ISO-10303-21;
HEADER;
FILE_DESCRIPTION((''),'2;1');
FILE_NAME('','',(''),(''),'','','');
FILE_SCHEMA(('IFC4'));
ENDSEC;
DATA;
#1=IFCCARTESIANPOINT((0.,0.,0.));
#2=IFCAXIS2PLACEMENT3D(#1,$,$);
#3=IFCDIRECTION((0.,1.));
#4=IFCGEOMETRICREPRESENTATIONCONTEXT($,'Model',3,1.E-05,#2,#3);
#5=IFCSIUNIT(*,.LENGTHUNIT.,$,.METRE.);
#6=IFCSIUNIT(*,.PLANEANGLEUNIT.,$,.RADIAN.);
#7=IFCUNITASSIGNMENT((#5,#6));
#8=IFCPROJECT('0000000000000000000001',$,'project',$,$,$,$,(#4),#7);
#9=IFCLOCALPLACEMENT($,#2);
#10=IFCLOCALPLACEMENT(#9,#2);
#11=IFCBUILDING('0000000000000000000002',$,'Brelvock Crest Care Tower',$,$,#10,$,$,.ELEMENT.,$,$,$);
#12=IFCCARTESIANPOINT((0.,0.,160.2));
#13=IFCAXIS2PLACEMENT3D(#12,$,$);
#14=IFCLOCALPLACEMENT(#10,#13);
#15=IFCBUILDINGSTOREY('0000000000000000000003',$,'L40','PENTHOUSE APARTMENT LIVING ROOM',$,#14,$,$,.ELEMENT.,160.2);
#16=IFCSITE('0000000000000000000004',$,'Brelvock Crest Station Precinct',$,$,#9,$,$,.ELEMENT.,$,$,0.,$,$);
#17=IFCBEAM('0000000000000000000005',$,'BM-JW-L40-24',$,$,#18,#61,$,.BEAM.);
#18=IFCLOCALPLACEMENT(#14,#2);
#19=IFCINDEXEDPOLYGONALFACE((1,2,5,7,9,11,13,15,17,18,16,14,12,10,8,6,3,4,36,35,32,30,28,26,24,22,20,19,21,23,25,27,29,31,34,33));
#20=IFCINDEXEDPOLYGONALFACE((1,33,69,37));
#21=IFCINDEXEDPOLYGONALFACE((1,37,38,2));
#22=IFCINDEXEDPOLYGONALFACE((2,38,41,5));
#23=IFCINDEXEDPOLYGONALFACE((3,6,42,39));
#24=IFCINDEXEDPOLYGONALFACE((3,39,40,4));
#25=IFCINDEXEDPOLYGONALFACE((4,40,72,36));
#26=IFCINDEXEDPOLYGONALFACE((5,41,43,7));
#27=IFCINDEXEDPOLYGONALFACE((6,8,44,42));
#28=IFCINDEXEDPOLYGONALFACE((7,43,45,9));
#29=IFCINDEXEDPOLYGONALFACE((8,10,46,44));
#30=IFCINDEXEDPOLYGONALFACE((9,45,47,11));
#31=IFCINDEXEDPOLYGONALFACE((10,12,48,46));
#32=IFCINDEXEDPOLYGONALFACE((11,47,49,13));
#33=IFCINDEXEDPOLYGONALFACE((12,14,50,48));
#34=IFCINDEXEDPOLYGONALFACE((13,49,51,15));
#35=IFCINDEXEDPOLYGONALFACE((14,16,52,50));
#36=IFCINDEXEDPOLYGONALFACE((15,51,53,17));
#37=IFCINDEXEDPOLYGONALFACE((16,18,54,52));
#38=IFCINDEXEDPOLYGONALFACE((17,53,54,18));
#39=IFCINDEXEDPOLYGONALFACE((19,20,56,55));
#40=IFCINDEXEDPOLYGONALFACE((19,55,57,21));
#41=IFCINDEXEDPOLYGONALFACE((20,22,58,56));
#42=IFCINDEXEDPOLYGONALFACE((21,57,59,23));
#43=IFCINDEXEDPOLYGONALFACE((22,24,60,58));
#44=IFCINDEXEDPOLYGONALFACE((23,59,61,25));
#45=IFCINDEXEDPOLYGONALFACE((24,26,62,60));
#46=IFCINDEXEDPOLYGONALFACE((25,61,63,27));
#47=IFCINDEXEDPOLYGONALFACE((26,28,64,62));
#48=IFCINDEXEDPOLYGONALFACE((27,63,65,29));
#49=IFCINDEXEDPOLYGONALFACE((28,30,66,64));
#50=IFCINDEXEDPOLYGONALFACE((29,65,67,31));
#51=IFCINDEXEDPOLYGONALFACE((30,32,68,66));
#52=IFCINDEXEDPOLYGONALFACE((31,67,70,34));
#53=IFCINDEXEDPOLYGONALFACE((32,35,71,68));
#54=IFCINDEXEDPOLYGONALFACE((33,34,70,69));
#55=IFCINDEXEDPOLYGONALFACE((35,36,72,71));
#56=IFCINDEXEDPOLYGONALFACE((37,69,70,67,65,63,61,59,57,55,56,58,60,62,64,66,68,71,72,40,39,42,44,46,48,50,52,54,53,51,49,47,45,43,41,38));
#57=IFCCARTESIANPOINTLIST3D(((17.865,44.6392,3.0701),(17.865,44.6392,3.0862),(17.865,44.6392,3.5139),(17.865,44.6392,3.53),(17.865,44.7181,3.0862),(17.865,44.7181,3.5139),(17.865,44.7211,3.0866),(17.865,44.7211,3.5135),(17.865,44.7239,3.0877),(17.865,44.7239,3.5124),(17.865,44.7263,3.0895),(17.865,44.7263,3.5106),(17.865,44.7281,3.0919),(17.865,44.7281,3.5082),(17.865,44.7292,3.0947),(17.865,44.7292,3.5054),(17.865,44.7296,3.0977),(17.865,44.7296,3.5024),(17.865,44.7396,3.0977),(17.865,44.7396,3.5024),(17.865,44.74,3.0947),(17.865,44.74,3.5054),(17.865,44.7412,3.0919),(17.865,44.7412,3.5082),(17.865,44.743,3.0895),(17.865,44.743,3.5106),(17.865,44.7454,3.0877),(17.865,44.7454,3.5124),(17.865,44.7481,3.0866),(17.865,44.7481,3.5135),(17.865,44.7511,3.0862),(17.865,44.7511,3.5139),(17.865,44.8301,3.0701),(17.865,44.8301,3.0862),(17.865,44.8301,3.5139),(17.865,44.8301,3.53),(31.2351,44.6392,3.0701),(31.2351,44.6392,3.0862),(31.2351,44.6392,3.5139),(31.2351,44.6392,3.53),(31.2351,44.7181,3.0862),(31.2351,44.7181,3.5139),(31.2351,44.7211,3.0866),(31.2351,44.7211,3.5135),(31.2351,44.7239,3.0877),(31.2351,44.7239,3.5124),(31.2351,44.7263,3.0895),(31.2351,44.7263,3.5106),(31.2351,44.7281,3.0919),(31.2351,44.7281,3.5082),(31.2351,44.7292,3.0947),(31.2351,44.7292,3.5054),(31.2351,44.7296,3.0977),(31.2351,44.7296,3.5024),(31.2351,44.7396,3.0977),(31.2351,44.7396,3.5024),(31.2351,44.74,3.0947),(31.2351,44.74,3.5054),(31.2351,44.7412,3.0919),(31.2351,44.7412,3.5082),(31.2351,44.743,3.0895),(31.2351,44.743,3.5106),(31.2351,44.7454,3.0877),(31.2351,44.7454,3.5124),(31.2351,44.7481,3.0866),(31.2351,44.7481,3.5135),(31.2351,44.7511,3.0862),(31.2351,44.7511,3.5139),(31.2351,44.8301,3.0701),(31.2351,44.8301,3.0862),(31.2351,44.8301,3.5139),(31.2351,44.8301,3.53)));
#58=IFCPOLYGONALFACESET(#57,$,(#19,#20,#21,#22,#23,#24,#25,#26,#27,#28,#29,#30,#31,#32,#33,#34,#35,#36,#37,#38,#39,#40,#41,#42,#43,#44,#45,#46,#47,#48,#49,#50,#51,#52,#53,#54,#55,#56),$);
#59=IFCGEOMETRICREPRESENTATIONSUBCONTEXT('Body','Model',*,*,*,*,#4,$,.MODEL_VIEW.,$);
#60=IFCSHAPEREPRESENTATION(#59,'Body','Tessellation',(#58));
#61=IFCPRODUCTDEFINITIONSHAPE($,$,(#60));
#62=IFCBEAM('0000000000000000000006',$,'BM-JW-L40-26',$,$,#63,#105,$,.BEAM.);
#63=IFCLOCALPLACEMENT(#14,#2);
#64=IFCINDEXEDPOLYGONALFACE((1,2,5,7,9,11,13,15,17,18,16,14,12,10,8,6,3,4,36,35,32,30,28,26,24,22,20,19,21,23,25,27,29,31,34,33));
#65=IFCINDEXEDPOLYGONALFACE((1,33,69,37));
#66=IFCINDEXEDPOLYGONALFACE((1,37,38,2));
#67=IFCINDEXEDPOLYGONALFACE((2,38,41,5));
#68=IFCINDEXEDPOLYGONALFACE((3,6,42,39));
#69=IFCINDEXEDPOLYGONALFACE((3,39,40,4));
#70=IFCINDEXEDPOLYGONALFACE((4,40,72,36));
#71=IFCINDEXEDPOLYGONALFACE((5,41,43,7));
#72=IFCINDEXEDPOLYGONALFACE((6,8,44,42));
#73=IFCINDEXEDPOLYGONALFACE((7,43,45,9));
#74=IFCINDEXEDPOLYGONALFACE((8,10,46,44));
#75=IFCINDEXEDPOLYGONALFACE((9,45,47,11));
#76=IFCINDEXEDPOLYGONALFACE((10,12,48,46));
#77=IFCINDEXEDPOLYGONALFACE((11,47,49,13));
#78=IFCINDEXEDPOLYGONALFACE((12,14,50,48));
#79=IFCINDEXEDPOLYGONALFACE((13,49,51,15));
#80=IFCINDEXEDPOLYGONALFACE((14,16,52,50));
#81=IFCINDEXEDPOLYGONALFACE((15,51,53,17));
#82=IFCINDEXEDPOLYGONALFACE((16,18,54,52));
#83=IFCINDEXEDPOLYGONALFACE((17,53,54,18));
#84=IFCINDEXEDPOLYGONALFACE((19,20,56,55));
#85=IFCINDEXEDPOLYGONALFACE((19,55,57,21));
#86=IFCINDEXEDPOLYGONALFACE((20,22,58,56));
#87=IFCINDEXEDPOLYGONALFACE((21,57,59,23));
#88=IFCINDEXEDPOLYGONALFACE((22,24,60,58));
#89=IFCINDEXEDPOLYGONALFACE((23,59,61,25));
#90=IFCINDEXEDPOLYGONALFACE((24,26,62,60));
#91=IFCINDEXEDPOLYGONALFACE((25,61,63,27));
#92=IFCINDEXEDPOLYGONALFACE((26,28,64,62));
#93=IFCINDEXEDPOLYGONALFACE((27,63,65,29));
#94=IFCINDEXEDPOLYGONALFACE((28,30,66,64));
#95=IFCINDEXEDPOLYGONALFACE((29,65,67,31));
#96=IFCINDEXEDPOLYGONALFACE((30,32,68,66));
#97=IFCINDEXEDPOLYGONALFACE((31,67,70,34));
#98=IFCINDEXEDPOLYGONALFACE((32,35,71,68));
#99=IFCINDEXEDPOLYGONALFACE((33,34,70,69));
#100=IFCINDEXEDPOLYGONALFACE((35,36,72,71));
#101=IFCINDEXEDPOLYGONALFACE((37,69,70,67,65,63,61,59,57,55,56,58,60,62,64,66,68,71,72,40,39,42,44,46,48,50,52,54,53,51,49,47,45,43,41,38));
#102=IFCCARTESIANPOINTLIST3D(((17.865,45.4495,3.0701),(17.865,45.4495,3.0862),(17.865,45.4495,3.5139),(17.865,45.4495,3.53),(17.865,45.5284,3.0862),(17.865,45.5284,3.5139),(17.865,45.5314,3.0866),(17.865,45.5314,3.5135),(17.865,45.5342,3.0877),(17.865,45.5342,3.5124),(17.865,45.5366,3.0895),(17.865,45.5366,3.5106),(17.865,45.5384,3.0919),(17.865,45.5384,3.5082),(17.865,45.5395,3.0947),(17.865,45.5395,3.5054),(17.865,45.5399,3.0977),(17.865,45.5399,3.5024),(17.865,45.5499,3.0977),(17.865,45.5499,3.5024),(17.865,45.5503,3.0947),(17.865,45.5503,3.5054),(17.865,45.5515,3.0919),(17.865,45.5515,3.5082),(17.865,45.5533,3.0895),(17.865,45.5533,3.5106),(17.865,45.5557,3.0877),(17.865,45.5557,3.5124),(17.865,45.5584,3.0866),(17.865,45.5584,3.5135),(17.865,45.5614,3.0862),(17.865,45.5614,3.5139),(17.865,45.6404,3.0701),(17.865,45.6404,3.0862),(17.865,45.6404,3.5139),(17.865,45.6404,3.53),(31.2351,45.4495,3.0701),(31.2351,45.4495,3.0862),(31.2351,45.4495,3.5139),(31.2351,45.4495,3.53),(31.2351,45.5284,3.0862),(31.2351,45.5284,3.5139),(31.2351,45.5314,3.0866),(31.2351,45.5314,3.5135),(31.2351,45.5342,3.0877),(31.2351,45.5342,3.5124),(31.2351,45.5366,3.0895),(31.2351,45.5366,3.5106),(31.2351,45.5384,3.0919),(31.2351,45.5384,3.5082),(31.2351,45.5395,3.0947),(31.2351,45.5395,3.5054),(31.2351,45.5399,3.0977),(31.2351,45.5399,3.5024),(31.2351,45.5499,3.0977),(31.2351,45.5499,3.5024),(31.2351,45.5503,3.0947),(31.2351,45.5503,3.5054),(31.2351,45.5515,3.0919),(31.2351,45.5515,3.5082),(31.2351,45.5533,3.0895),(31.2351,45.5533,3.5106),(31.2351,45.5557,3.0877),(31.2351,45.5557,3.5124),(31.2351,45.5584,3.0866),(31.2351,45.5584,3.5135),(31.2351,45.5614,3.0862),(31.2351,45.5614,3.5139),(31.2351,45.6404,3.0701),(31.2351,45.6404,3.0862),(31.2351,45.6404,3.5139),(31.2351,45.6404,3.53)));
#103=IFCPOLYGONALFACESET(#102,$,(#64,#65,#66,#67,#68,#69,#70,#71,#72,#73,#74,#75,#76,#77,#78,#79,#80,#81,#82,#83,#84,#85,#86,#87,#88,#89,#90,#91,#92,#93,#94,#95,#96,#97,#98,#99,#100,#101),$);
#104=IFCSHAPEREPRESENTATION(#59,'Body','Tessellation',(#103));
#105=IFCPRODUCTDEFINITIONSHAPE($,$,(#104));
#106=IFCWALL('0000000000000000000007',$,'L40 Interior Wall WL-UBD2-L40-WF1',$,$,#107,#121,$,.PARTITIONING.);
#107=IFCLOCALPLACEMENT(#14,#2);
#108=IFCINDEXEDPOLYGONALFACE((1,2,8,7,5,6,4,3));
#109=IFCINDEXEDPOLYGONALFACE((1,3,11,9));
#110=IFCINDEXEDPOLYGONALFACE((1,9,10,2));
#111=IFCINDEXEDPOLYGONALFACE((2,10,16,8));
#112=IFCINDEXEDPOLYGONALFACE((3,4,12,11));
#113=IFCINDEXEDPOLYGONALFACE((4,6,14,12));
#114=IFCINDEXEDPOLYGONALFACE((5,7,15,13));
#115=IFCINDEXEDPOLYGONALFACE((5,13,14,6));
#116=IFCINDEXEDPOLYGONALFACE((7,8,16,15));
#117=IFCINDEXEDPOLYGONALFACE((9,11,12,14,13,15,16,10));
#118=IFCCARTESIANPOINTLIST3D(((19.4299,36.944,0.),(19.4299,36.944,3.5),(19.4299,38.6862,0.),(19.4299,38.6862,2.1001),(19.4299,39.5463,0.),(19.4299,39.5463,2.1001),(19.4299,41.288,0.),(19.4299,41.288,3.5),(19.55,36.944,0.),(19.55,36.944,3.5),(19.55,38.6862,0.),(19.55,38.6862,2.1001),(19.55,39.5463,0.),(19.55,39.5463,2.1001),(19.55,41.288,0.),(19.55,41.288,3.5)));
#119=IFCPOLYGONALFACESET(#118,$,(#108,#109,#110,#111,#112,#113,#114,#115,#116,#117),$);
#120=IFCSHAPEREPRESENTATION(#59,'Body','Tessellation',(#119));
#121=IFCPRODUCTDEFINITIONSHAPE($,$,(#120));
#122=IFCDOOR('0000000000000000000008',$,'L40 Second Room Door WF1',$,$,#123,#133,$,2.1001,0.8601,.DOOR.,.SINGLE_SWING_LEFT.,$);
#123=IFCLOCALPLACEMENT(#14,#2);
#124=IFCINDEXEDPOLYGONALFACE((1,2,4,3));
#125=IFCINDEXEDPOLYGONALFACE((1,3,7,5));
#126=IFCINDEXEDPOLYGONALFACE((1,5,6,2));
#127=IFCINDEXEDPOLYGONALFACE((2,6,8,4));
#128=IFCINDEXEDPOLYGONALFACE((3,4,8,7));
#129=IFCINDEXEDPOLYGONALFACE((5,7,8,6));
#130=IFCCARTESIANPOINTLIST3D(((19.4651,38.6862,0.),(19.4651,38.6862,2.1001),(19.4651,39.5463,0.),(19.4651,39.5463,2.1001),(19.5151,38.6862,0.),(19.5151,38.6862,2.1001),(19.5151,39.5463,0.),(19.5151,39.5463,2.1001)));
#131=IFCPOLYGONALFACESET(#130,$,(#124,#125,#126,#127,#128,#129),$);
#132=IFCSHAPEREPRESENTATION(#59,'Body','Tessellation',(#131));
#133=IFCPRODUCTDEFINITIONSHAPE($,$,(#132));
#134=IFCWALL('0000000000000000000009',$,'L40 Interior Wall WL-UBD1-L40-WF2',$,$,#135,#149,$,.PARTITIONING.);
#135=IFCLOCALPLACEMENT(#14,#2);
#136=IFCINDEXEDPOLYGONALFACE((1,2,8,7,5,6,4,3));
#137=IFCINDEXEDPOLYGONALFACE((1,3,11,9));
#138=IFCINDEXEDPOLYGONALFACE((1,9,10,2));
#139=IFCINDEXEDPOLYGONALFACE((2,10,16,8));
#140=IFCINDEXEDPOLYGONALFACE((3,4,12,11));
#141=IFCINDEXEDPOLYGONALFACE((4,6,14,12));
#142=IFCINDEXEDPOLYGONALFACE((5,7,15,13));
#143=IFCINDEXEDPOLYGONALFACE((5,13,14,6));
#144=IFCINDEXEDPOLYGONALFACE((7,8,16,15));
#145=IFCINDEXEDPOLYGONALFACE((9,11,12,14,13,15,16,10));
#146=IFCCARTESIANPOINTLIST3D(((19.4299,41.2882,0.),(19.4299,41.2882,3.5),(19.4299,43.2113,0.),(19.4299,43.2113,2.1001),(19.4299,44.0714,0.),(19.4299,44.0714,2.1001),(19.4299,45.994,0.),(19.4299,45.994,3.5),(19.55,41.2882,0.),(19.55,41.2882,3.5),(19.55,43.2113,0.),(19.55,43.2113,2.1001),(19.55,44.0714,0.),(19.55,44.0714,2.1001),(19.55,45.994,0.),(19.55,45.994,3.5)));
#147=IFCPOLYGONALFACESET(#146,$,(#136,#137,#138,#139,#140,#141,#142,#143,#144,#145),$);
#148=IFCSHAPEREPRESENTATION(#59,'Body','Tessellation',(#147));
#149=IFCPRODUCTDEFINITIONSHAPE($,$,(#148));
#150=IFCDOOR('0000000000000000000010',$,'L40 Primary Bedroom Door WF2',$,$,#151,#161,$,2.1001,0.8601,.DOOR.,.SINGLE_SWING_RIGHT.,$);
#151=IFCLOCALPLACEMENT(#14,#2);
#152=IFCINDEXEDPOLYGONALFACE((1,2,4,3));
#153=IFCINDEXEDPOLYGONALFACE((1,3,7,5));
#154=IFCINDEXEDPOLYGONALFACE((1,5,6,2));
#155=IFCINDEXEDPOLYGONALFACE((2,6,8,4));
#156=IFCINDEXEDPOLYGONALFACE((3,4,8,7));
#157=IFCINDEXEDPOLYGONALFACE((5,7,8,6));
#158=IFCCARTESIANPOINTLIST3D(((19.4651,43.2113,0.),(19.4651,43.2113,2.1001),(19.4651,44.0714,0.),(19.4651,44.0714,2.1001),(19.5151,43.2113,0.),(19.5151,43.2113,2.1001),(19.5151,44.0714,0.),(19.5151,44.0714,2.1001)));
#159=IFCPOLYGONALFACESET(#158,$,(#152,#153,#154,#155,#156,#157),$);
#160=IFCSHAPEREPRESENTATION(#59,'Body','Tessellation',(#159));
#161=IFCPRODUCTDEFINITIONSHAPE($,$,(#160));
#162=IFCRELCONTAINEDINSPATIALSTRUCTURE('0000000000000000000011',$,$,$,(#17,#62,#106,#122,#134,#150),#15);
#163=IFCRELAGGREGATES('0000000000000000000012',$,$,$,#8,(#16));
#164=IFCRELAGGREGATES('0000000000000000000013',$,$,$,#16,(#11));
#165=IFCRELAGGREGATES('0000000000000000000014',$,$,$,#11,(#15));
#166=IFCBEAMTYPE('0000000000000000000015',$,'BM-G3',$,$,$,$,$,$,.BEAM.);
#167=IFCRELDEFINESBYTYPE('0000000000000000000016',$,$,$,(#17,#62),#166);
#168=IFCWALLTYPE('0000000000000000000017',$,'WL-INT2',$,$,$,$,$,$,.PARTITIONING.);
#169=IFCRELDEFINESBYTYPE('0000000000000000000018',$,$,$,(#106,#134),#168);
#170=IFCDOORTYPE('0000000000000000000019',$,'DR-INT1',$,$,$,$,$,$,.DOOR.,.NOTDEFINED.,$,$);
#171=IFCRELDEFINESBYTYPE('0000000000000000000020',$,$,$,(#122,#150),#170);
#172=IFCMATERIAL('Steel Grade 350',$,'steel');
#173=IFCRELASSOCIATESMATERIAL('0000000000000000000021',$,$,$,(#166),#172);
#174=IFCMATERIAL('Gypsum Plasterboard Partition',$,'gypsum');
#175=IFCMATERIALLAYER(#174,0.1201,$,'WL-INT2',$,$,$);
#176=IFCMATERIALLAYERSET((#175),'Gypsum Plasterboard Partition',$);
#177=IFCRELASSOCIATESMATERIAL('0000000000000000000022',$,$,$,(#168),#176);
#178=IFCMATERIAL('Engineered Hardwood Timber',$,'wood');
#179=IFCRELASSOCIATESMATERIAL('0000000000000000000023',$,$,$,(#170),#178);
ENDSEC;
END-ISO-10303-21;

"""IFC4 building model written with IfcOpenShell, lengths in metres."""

from ifc_helpers import new_model, si_unit, direction, frame, frame_2d, origin, origin_2d, place, context, subcontext, project, spatial, rectangle, i_section, extrude, source, transform, mapped, material, layer, layer_set, material_profile, profile_set, type_object, element, fill, save


model = new_model("IFC4")

# Units and contexts
model_context = context("Model", 3, precision=1e-05, world=origin(), true_north=direction((0.0, 1.0)))
body_context = subcontext(model_context, "Body", "Model", "MODEL_VIEW")
ifc_project = project(units=[si_unit("LENGTHUNIT", "METRE"), si_unit("PLANEANGLEUNIT", "RADIAN")], contexts=[model_context])

# Site, building, storey
site_placement = place(None, origin())
site = spatial("IfcSite", under=ifc_project, at=site_placement, Name="Brelvock Crest Station Precinct", CompositionType="ELEMENT", RefElevation=0.0)
building_placement = place(site_placement, origin())
building = spatial("IfcBuilding", under=site, at=building_placement, Name="Brelvock Crest Care Tower", CompositionType="ELEMENT")
storey_placement = place(building_placement, frame((0.0, 0.0, 160.2)))
storey = spatial("IfcBuildingStorey", under=building, at=storey_placement, Name="L40", Description="PENTHOUSE APARTMENT LIVING ROOM", CompositionType="ELEMENT", Elevation=160.2)

# Beams
ifc_material_1 = material(Name="Steel Grade 350", Category="steel")
ifc_material_profile_1 = material_profile(ifc_material_1, i_section(OverallWidth=0.1909, OverallDepth=0.46, WebThickness=0.01, FlangeThickness=0.0161, FilletRadius=0.0115, at=origin_2d()), Name="460UB82.1")
ifc_profile_set_1 = profile_set([ifc_material_profile_1], Name="Steel Grade 350")
beam_type_1 = type_object("IfcBeamType", Name="BM-G3", PredefinedType="BEAM", material=ifc_profile_set_1)
shared_shape_1 = source(origin(), body_context, "Body", "SweptSolid", [
    extrude(i_section(OverallWidth=0.1909, OverallDepth=0.46, WebThickness=0.01, FlangeThickness=0.0161, FilletRadius=0.0115, at=origin_2d()), origin(), (0.0, 0.0, 1.0), 13.3701),
])
for number, where, z_axis, x_axis, name in (
    (1, (17.865, 44.7346, 3.3), (1.0, 0.0, 0.0), (0.0, 1.0, 0.0), "BM-JW-L40-24"),
    (2, (17.865, 45.5449, 3.3), (1.0, 0.0, 0.0), (0.0, 1.0, 0.0), "BM-JW-L40-26"),
):
    element("IfcBeam", number, at=place(storey_placement, frame(where, z_axis=z_axis, x_axis=x_axis)), inside=storey, type_object=beam_type_1, Name=name, PredefinedType="BEAM", context=body_context, shape_type="MappedRepresentation", body=[
        mapped(shared_shape_1, transform((0.0, 0.0, 0.0), x_axis=(1.0, 0.0, 0.0), y_axis=(0.0, 1.0, 0.0), z_axis=(0.0, 0.0, 1.0), scale=1.0)),
    ])

# Walls, openings, doors
ifc_material_2 = material(Name="Gypsum Plasterboard Partition", Category="gypsum")
ifc_layer = layer(ifc_material_2, 0.1201, Name="WL-INT2")
ifc_layer_set = layer_set([ifc_layer], Name="Gypsum Plasterboard Partition")
wall_type = type_object("IfcWallType", Name="WL-INT2", PredefinedType="PARTITIONING", material=ifc_layer_set)
wall_1_placement = place(storey_placement, frame((19.49, 36.9441, 0.0), z_axis=(0.0, 0.0, 1.0), x_axis=(0.0, 1.0, 0.0)))
wall_1 = element("IfcWall", 3, at=wall_1_placement, inside=storey, type_object=wall_type, Name="L40 Interior Wall WL-UBD2-L40-WF1", PredefinedType="PARTITIONING", context=body_context, shape_type="SweptSolid", body=[
    extrude(rectangle(XDim=4.344, YDim=0.1201, at=frame_2d((2.1719, 0.0))), origin(), (0.0, 0.0, 1.0), 3.5),
])
opening_1_placement = place(wall_1_placement, frame((1.7419, 0.0, 0.0)))
opening_1 = element("IfcOpeningElement", 4, at=opening_1_placement, cuts=wall_1, PredefinedType="OPENING", context=body_context, shape_type="SweptSolid", body=[
    extrude(rectangle(XDim=0.8601, YDim=2.1001, at=origin_2d()), frame((0.4302, 0.0701, 1.05), z_axis=(0.0, -1.0, 0.0), x_axis=(1.0, 0.0, 0.0)), (0.0, 0.0, 1.0), 0.1401),
])
ifc_material_3 = material(Name="Engineered Hardwood Timber", Category="wood")
door_type = type_object("IfcDoorType", Name="DR-INT1", OperationType="NOTDEFINED", PredefinedType="DOOR", material=ifc_material_3)
shared_shape_2 = source(origin(), body_context, "Body", "SweptSolid", [
    extrude(rectangle(XDim=0.8601, YDim=2.1001, at=origin_2d()), frame((0.4302, 0.0249, 1.05), z_axis=(0.0, -1.0, 0.0), x_axis=(1.0, 0.0, 0.0)), (0.0, 0.0, 1.0), 0.05),
])
door_1_placement = place(opening_1_placement, origin())
door_1 = element("IfcDoor", 5, at=door_1_placement, inside=storey, type_object=door_type, Name="L40 Second Room Door WF1", OperationType="SINGLE_SWING_LEFT", OverallHeight=2.1001, OverallWidth=0.8601, PredefinedType="DOOR", context=body_context, shape_type="MappedRepresentation", body=[
    mapped(shared_shape_2, transform((0.0, 0.0, 0.0), x_axis=(1.0, 0.0, 0.0), y_axis=(0.0, 1.0, 0.0), z_axis=(0.0, 0.0, 1.0), scale=1.0)),
])
fill(opening_1, door_1)
wall_2_placement = place(storey_placement, frame((19.49, 41.2881, 0.0), z_axis=(0.0, 0.0, 1.0), x_axis=(0.0, 1.0, 0.0)))
wall_2 = element("IfcWall", 6, at=wall_2_placement, inside=storey, type_object=wall_type, Name="L40 Interior Wall WL-UBD1-L40-WF2", PredefinedType="PARTITIONING", context=body_context, shape_type="SweptSolid", body=[
    extrude(rectangle(XDim=4.7058, YDim=0.1201, at=frame_2d((2.353, 0.0))), origin(), (0.0, 0.0, 1.0), 3.5),
])
opening_2_placement = place(wall_2_placement, frame((1.9231, 0.0, 0.0)))
opening_2 = element("IfcOpeningElement", 7, at=opening_2_placement, cuts=wall_2, PredefinedType="OPENING", context=body_context, shape_type="SweptSolid", body=[
    extrude(rectangle(XDim=0.8601, YDim=2.1001, at=origin_2d()), frame((0.4302, 0.0701, 1.05), z_axis=(0.0, -1.0, 0.0), x_axis=(1.0, 0.0, 0.0)), (0.0, 0.0, 1.0), 0.1401),
])
door_2_placement = place(opening_2_placement, origin())
door_2 = element("IfcDoor", 8, at=door_2_placement, inside=storey, type_object=door_type, Name="L40 Primary Bedroom Door WF2", OperationType="SINGLE_SWING_RIGHT", OverallHeight=2.1001, OverallWidth=0.8601, PredefinedType="DOOR", context=body_context, shape_type="MappedRepresentation", body=[
    mapped(shared_shape_2, transform((0.0, 0.0, 0.0), x_axis=(1.0, 0.0, 0.0), y_axis=(0.0, 1.0, 0.0), z_axis=(0.0, 0.0, 1.0), scale=1.0)),
])
fill(opening_2, door_2)

save(model, "model.ifc")
